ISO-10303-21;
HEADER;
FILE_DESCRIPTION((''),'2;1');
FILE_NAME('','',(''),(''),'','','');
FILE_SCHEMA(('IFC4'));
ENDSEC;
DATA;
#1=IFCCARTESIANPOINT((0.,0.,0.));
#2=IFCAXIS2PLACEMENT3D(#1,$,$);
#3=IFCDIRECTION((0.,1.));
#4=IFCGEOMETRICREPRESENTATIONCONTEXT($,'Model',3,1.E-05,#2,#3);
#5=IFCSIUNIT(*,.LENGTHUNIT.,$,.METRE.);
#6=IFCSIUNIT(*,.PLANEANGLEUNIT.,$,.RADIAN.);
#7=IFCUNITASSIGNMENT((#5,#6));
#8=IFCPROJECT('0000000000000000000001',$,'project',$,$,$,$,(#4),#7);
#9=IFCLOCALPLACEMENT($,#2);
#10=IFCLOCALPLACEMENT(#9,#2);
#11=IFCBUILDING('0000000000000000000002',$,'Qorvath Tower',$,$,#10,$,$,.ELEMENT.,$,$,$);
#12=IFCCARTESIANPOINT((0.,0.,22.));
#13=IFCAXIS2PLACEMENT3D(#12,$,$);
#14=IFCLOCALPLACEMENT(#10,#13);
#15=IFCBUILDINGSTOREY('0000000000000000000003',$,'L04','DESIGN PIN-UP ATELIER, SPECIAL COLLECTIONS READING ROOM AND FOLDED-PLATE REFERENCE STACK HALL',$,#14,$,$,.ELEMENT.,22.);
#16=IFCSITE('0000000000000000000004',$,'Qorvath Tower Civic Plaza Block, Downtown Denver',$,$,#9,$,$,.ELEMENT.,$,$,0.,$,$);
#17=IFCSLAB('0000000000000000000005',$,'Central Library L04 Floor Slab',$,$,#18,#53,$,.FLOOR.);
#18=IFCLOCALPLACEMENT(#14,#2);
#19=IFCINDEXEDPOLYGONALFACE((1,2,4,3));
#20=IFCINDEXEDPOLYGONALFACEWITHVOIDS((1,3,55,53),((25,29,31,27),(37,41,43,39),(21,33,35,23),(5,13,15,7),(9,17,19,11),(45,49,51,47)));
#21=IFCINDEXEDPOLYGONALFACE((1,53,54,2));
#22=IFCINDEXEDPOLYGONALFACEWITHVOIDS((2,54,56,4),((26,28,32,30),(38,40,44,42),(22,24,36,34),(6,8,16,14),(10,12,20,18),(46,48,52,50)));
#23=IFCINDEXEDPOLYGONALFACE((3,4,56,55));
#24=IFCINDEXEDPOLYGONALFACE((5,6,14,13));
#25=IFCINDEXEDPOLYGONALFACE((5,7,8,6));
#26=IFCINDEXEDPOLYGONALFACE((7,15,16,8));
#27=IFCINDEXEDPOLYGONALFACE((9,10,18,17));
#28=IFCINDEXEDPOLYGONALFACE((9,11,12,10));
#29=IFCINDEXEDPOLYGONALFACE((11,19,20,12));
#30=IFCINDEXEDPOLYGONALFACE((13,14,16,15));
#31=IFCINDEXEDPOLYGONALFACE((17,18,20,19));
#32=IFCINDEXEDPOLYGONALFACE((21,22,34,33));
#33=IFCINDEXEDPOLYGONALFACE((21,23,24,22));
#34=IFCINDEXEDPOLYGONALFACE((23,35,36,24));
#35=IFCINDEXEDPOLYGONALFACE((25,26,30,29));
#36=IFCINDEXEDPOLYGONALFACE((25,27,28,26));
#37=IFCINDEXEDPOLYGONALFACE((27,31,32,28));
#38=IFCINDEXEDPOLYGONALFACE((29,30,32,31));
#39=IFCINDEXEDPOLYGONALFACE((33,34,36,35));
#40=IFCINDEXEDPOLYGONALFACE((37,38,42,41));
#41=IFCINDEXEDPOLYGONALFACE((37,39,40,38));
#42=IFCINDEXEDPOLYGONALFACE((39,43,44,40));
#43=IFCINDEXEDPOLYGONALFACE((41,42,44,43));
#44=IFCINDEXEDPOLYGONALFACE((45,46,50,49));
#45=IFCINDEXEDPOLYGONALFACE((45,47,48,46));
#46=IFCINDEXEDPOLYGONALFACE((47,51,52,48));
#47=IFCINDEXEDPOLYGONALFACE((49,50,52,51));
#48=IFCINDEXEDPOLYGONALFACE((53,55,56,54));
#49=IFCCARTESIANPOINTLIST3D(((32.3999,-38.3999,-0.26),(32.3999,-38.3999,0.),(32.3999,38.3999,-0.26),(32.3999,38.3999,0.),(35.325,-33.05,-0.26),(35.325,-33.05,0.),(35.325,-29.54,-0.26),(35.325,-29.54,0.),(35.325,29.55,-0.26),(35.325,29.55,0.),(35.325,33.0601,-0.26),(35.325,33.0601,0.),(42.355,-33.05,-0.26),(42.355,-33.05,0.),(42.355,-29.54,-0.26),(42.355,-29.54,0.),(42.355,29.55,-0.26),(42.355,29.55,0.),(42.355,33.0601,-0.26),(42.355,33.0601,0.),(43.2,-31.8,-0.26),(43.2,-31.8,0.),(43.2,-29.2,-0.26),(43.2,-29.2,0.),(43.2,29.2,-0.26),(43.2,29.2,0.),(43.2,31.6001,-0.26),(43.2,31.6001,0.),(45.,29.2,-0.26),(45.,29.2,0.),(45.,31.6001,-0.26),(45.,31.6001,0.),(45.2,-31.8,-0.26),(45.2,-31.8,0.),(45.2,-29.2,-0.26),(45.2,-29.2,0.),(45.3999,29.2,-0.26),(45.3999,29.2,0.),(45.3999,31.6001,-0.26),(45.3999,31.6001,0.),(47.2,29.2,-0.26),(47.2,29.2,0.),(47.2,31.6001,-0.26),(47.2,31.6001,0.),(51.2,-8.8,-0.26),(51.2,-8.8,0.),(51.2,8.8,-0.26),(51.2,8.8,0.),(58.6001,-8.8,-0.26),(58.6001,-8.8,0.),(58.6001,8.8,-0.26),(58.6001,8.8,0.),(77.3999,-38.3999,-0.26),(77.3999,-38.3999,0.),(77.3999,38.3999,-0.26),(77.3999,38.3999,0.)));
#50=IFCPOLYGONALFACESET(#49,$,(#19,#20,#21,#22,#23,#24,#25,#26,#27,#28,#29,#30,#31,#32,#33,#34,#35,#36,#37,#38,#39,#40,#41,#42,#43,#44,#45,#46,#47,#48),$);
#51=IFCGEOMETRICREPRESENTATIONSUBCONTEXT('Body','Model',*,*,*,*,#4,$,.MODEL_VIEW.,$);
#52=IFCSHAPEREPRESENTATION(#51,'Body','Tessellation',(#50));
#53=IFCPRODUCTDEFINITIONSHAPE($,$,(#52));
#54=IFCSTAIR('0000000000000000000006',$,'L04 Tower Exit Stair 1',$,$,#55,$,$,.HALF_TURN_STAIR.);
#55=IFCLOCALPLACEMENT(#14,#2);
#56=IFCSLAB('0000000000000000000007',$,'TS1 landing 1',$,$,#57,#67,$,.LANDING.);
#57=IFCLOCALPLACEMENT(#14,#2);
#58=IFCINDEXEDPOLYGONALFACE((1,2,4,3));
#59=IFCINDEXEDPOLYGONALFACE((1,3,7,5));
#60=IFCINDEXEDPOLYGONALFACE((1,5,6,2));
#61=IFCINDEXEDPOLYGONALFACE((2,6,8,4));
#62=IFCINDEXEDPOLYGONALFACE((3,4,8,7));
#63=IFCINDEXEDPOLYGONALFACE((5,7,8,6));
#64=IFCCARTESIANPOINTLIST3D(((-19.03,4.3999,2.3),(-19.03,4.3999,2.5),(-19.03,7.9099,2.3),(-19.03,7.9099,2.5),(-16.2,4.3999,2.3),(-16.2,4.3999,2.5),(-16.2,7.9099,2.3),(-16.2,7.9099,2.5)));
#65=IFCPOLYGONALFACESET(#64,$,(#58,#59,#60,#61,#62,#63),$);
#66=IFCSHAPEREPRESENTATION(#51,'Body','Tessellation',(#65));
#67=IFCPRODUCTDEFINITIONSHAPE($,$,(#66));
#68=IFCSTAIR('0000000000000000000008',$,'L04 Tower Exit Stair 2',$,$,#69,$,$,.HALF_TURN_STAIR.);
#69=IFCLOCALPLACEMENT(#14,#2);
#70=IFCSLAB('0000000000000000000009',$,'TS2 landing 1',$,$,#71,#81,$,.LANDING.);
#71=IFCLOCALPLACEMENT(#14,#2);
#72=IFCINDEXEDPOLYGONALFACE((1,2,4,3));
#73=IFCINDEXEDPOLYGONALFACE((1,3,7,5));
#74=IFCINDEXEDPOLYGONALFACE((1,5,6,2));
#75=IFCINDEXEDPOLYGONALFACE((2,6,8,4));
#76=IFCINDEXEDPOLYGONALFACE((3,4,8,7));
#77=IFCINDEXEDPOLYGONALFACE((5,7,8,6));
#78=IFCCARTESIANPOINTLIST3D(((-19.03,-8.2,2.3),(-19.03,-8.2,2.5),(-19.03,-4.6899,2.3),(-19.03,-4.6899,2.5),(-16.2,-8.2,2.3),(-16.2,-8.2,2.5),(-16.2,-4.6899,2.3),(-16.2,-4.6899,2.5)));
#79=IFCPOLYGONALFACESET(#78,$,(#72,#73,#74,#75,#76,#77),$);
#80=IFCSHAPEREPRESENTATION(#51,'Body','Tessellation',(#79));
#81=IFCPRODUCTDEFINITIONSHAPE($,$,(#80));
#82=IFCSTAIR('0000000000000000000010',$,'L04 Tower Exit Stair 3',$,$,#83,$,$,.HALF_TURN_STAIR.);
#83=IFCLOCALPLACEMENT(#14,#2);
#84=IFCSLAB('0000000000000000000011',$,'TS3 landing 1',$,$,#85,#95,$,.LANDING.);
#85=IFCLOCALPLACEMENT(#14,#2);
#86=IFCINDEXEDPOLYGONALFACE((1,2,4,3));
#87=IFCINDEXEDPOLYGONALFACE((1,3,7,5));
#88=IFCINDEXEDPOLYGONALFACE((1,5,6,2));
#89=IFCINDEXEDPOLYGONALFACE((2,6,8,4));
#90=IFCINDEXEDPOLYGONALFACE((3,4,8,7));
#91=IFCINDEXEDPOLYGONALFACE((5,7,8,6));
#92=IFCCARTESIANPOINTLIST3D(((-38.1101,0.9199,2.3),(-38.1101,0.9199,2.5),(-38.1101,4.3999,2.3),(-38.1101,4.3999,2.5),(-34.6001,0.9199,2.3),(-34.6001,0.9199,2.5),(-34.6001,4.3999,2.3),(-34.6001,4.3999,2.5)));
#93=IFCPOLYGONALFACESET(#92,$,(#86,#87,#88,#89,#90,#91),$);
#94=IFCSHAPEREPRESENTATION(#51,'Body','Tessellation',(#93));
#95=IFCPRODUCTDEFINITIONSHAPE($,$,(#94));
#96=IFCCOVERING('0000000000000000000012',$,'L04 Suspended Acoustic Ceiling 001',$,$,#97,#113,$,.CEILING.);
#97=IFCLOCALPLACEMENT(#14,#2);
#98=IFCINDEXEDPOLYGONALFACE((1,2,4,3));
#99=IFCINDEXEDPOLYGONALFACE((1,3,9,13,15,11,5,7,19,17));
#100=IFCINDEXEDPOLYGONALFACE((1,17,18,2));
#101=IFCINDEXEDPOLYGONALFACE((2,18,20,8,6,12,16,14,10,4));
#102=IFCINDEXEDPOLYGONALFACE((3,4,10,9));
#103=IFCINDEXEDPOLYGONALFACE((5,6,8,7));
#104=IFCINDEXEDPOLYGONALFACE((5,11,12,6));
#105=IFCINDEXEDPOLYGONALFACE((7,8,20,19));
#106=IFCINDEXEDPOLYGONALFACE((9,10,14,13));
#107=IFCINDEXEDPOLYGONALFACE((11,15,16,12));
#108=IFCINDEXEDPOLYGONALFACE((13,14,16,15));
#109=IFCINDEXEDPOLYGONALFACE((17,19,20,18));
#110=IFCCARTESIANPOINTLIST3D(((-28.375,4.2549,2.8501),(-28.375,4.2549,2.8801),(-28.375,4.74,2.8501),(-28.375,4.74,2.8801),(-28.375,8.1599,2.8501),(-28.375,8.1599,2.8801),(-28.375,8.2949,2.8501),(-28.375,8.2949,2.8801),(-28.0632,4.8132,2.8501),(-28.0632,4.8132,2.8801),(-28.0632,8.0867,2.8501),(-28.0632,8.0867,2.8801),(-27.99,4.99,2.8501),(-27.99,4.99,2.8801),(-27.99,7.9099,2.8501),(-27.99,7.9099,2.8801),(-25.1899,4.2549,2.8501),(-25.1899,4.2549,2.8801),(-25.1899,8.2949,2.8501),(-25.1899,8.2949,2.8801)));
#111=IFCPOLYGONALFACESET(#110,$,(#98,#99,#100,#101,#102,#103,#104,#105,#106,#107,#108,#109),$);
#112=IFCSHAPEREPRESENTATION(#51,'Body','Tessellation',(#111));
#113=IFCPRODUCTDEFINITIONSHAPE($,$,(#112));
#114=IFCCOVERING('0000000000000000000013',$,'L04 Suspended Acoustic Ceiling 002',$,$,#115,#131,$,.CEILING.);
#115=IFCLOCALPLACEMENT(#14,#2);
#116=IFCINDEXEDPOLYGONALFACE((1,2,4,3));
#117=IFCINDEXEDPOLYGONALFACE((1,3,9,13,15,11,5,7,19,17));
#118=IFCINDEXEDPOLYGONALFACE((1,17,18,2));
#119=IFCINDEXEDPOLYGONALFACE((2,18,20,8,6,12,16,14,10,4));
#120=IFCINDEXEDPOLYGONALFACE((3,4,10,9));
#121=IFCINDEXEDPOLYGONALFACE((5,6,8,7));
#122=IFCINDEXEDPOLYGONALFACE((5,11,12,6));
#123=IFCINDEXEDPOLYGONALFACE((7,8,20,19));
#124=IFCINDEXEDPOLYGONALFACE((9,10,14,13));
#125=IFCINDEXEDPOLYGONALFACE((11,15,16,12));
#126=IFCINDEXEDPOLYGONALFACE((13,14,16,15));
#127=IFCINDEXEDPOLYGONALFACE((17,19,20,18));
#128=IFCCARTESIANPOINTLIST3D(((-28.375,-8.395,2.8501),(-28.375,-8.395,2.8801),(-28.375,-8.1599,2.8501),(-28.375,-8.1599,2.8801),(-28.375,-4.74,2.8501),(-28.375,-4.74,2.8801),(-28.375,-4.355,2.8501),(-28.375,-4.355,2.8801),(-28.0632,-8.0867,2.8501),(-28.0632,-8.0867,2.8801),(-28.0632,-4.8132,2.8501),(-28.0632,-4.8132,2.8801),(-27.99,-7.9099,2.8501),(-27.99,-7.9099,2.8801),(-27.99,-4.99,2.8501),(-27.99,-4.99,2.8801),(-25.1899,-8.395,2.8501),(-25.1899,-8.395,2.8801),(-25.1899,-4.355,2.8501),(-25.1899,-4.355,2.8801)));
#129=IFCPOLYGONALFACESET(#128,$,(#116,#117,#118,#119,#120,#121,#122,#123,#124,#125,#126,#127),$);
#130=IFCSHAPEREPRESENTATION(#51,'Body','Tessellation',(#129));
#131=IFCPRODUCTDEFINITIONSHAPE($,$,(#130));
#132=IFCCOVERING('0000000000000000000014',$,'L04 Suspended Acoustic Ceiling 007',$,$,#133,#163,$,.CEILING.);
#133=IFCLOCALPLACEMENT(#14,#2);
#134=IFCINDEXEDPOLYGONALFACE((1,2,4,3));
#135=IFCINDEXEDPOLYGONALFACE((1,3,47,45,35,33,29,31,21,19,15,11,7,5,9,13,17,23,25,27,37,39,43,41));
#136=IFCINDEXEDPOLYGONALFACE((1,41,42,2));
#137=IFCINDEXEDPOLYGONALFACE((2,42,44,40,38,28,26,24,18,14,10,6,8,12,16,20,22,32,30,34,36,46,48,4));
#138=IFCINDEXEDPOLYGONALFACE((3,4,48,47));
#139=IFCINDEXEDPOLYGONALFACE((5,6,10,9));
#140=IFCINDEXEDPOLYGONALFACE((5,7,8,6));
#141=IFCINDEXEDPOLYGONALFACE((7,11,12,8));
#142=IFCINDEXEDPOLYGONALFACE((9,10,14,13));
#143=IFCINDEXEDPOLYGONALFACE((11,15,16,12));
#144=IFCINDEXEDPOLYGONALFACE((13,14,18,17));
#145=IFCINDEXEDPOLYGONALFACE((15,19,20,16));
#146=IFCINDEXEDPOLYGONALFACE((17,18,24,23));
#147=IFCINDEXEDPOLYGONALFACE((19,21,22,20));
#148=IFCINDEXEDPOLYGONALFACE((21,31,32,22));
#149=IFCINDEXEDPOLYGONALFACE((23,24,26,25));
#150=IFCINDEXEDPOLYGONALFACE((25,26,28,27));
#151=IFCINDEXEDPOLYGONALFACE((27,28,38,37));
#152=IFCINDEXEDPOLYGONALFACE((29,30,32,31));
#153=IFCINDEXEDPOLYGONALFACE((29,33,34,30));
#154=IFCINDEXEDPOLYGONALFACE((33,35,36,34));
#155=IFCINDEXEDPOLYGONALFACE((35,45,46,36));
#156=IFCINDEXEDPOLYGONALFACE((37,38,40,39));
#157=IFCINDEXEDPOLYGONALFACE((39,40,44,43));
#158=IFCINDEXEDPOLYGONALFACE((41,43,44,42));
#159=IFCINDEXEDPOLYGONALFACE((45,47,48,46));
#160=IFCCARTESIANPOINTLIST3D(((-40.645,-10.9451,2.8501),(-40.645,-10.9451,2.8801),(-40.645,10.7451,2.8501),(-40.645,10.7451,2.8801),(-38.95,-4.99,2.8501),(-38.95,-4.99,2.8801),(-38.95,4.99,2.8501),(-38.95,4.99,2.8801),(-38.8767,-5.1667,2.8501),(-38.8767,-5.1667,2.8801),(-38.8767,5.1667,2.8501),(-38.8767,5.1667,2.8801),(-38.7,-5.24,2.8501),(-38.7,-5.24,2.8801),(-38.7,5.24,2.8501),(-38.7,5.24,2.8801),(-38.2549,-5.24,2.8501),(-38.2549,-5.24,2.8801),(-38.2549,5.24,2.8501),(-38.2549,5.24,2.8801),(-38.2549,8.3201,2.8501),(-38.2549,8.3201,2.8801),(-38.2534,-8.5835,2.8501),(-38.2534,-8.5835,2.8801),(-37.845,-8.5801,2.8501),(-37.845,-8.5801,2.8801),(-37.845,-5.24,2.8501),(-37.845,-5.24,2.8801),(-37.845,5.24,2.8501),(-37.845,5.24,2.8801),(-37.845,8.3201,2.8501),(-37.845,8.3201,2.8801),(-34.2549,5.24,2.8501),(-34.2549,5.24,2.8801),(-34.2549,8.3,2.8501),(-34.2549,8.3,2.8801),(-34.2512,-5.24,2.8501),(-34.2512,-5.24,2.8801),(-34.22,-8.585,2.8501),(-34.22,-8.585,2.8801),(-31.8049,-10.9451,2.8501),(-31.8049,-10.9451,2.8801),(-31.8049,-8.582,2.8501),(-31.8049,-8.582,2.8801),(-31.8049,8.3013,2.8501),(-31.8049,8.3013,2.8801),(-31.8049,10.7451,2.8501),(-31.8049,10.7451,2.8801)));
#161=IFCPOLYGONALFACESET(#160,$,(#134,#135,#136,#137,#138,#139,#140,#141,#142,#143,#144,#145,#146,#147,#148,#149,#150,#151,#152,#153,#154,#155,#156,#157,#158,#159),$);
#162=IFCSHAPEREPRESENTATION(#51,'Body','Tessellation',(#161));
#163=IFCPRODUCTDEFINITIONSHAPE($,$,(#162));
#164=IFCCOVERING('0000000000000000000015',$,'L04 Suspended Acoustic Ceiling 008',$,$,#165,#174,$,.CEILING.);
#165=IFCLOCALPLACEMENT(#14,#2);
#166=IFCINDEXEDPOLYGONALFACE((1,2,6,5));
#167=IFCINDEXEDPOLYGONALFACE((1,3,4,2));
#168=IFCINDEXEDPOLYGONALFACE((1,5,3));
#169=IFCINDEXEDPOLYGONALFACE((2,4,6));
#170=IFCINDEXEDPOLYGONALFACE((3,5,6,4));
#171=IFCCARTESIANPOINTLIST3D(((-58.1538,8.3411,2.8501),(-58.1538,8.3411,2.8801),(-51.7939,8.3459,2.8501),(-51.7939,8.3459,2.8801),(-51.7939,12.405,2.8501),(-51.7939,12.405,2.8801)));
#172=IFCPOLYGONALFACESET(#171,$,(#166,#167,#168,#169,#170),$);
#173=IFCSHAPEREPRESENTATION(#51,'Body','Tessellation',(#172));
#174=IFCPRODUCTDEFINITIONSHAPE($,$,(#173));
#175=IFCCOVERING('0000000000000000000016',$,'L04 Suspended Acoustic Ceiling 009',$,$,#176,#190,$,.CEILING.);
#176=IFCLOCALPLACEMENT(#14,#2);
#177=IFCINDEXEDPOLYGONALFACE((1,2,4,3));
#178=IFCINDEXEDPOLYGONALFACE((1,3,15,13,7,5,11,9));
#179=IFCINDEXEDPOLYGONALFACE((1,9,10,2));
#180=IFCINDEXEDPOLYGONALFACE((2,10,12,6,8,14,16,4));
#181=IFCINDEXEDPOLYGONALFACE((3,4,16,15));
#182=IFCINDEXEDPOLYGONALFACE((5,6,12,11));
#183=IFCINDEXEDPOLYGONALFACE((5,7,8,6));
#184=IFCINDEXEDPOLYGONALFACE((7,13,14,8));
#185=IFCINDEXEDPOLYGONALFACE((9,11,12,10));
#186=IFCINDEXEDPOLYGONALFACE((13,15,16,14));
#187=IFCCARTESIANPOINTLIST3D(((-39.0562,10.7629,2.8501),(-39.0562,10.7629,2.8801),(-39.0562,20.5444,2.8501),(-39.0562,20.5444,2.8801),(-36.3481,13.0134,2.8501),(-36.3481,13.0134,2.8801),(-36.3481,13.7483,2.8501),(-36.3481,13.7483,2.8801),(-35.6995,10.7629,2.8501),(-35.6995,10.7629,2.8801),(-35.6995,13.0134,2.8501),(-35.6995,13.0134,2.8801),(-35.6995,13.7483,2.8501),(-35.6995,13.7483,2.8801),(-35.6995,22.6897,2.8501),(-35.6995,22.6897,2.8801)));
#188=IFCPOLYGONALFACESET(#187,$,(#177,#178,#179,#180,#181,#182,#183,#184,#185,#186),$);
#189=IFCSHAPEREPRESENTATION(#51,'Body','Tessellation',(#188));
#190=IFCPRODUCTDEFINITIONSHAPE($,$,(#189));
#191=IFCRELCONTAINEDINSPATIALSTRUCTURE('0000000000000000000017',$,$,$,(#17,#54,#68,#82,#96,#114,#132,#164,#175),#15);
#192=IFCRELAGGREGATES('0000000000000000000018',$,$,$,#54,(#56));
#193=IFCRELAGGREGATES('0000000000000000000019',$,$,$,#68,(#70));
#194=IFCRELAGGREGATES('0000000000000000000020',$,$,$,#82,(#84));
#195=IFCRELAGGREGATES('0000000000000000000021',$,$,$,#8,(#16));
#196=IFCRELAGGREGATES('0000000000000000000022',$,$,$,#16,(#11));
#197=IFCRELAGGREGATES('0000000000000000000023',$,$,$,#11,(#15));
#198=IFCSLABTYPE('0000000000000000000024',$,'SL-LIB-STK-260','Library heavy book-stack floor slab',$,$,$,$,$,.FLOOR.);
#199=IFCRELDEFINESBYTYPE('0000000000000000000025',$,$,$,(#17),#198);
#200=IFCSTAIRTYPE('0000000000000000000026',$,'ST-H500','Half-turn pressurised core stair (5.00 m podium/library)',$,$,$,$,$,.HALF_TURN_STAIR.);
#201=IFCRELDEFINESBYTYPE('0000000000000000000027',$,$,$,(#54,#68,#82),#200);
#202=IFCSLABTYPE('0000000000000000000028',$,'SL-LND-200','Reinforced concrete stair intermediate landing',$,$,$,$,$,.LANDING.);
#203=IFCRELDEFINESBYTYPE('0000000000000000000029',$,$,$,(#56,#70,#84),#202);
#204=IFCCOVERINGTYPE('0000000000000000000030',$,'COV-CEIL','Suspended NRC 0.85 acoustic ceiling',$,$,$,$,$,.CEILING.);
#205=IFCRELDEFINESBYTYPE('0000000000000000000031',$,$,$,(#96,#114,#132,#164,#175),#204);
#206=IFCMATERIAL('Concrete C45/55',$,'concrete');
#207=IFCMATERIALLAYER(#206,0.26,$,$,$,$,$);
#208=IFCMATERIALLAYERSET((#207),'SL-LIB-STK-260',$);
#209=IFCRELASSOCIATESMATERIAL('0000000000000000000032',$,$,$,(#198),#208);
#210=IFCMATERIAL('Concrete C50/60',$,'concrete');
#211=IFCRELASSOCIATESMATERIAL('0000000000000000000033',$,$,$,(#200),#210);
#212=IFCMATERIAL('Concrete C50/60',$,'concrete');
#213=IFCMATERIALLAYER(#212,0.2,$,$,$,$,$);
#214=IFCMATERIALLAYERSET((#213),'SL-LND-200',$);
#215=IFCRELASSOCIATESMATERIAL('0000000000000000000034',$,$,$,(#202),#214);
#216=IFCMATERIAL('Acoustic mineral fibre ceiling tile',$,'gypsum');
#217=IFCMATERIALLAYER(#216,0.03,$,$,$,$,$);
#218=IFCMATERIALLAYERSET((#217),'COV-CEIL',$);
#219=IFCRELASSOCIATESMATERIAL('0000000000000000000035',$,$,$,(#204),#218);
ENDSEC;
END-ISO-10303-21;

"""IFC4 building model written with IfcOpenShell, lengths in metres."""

from ifc_helpers import new_model, si_unit, direction, frame, origin, place, context, subcontext, project, spatial, polyline, outline, extrude, material, layer, layer_set, type_object, element, aggregate, save


model = new_model("IFC4")

# Units and contexts
model_context = context("Model", 3, precision=1e-05, world=origin(), true_north=direction((0.0, 1.0)))
body_context = subcontext(model_context, "Body", "Model", "MODEL_VIEW")
ifc_project = project(units=[si_unit("LENGTHUNIT", "METRE"), si_unit("PLANEANGLEUNIT", "RADIAN")], contexts=[model_context])

# Site, building, storey
site_placement = place(None, origin())
site = spatial("IfcSite", under=ifc_project, at=site_placement, Name="Qorvath Tower Civic Plaza Block, Downtown Denver", CompositionType="ELEMENT", RefElevation=0.0)
building_placement = place(site_placement, origin())
building = spatial("IfcBuilding", under=site, at=building_placement, Name="Qorvath Tower", CompositionType="ELEMENT")
storey_placement = place(building_placement, frame((0.0, 0.0, 22.0)))
storey = spatial("IfcBuildingStorey", under=building, at=storey_placement, Name="L04", Description="DESIGN PIN-UP ATELIER, SPECIAL COLLECTIONS READING ROOM AND FOLDED-PLATE REFERENCE STACK HALL", CompositionType="ELEMENT", Elevation=22.0)

# Slab
ifc_material_1 = material(Name="Concrete C45/55", Category="concrete")
ifc_layer_1 = layer(ifc_material_1, 0.26)
ifc_layer_set_1 = layer_set([ifc_layer_1], Name="SL-LIB-STK-260")
slab_type_1 = type_object("IfcSlabType", Name="SL-LIB-STK-260", Description="Library heavy book-stack floor slab", PredefinedType="FLOOR", material=ifc_layer_set_1)
slab_1_placement = place(storey_placement, frame((0.0, 0.0, -0.26)))
element("IfcSlab", 1, at=slab_1_placement, inside=storey, type_object=slab_type_1, Name="Central Library L04 Floor Slab", PredefinedType="FLOOR", context=body_context, shape_type="SweptSolid", body=[
    extrude(outline(polyline([(77.3999, -38.3999), (77.3999, 38.3999), (32.3999, 38.3999), (32.3999, -38.3999), (77.3999, -38.3999)]), holes=[polyline([(58.6001, -8.8), (51.2, -8.8), (51.2, 8.8), (58.6001, 8.8), (58.6001, -8.8)]), polyline([(47.2, 29.2), (45.3999, 29.2), (45.3999, 31.6001), (47.2, 31.6001), (47.2, 29.2)]), polyline([(45.2, -31.8), (43.2, -31.8), (43.2, -29.2), (45.2, -29.2), (45.2, -31.8)]), polyline([(45.0, 31.6001), (45.0, 29.2), (43.2, 29.2), (43.2, 31.6001), (45.0, 31.6001)]), polyline([(42.355, -29.54), (42.355, -33.05), (35.325, -33.05), (35.325, -29.54), (42.355, -29.54)]), polyline([(42.355, 29.55), (35.325, 29.55), (35.325, 33.0601), (42.355, 33.0601), (42.355, 29.55)])]), origin(), (0.0, 0.0, 1.0), 0.26),
])

# Stairs, slabs
ifc_material_2 = material(Name="Concrete C50/60", Category="concrete")
stair_type = type_object("IfcStairType", Name="ST-H500", Description="Half-turn pressurised core stair (5.00 m podium/library)", PredefinedType="HALF_TURN_STAIR", material=ifc_material_2)
stair_1_placement = place(storey_placement, origin())
stair_1 = element("IfcStair", 2, at=stair_1_placement, inside=storey, type_object=stair_type, Name="L04 Tower Exit Stair 1", PredefinedType="HALF_TURN_STAIR")
ifc_material_3 = material(Name="Concrete C50/60", Category="concrete")
ifc_layer_2 = layer(ifc_material_3, 0.2)
ifc_layer_set_2 = layer_set([ifc_layer_2], Name="SL-LND-200")
slab_type_2 = type_object("IfcSlabType", Name="SL-LND-200", Description="Reinforced concrete stair intermediate landing", PredefinedType="LANDING", material=ifc_layer_set_2)
slab_2_placement = place(storey_placement, frame((0.0, 0.0, 2.3)))
slab_2 = element("IfcSlab", 3, at=slab_2_placement, type_object=slab_type_2, Name="TS1 landing 1", PredefinedType="LANDING", context=body_context, shape_type="SweptSolid", body=[
    extrude(outline(polyline([(-19.03, 4.3999), (-16.2, 4.3999), (-16.2, 7.9099), (-19.03, 7.9099), (-19.03, 4.3999)])), origin(), (0.0, 0.0, 1.0), 0.2),
])
aggregate(stair_1, [slab_2])
stair_2_placement = place(storey_placement, origin())
stair_2 = element("IfcStair", 4, at=stair_2_placement, inside=storey, type_object=stair_type, Name="L04 Tower Exit Stair 2", PredefinedType="HALF_TURN_STAIR")
slab_3_placement = place(storey_placement, frame((0.0, 0.0, 2.3)))
slab_3 = element("IfcSlab", 5, at=slab_3_placement, type_object=slab_type_2, Name="TS2 landing 1", PredefinedType="LANDING", context=body_context, shape_type="SweptSolid", body=[
    extrude(outline(polyline([(-19.03, -8.2), (-16.2, -8.2), (-16.2, -4.6899), (-19.03, -4.6899), (-19.03, -8.2)])), origin(), (0.0, 0.0, 1.0), 0.2),
])
aggregate(stair_2, [slab_3])
stair_3_placement = place(storey_placement, origin())
stair_3 = element("IfcStair", 6, at=stair_3_placement, inside=storey, type_object=stair_type, Name="L04 Tower Exit Stair 3", PredefinedType="HALF_TURN_STAIR")
slab_4_placement = place(storey_placement, frame((0.0, 0.0, 2.3)))
slab_4 = element("IfcSlab", 7, at=slab_4_placement, type_object=slab_type_2, Name="TS3 landing 1", PredefinedType="LANDING", context=body_context, shape_type="SweptSolid", body=[
    extrude(outline(polyline([(-34.6001, 0.9199), (-34.6001, 4.3999), (-38.1101, 4.3999), (-38.1101, 0.9199), (-34.6001, 0.9199)])), origin(), (0.0, 0.0, 1.0), 0.2),
])
aggregate(stair_3, [slab_4])

# Coverings
ifc_material_4 = material(Name="Acoustic mineral fibre ceiling tile", Category="gypsum")
ifc_layer_3 = layer(ifc_material_4, 0.03)
ifc_layer_set_3 = layer_set([ifc_layer_3], Name="COV-CEIL")
covering_type_1 = type_object("IfcCoveringType", Name="COV-CEIL", Description="Suspended NRC 0.85 acoustic ceiling", PredefinedType="CEILING", material=ifc_layer_set_3)
covering_1_placement = place(storey_placement, frame((0.0, 0.0, 2.8501)))
element("IfcCovering", 8, at=covering_1_placement, inside=storey, type_object=covering_type_1, Name="L04 Suspended Acoustic Ceiling 001", PredefinedType="CEILING", context=body_context, shape_type="SweptSolid", body=[
    extrude(outline(polyline([(-25.1899, 4.2549), (-25.1899, 8.2949), (-28.375, 8.2949), (-28.375, 8.1599), (-28.0632, 8.0867), (-27.99, 7.9099), (-27.99, 4.99), (-28.0632, 4.8132), (-28.375, 4.74), (-28.375, 4.2549), (-25.1899, 4.2549)])), origin(), (0.0, 0.0, 1.0), 0.03),
])
covering_2_placement = place(storey_placement, frame((0.0, 0.0, 2.8501)))
element("IfcCovering", 9, at=covering_2_placement, inside=storey, type_object=covering_type_1, Name="L04 Suspended Acoustic Ceiling 002", PredefinedType="CEILING", context=body_context, shape_type="SweptSolid", body=[
    extrude(outline(polyline([(-25.1899, -8.395), (-25.1899, -4.355), (-28.375, -4.355), (-28.375, -4.74), (-28.0632, -4.8132), (-27.99, -4.99), (-27.99, -7.9099), (-28.0632, -8.0867), (-28.375, -8.1599), (-28.375, -8.395), (-25.1899, -8.395)])), origin(), (0.0, 0.0, 1.0), 0.03),
])
covering_3_placement = place(storey_placement, frame((0.0, 0.0, 2.8501)))
element("IfcCovering", 10, at=covering_3_placement, inside=storey, type_object=covering_type_1, Name="L04 Suspended Acoustic Ceiling 007", PredefinedType="CEILING", context=body_context, shape_type="SweptSolid", body=[
    extrude(outline(polyline([(-31.8049, -10.9451), (-31.8049, -8.582), (-34.22, -8.585), (-34.2512, -5.24), (-37.845, -5.24), (-37.845, -8.5801), (-38.2534, -8.5835), (-38.2549, -5.24), (-38.7, -5.24), (-38.8767, -5.1667), (-38.95, -4.99), (-38.95, 4.99), (-38.8767, 5.1667), (-38.7, 5.24), (-38.2549, 5.24), (-38.2549, 8.3201), (-37.845, 8.3201), (-37.845, 5.24), (-34.2549, 5.24), (-34.2549, 8.3), (-31.8049, 8.3013), (-31.8049, 10.7451), (-40.645, 10.7451), (-40.645, -10.9451), (-31.8049, -10.9451)])), origin(), (0.0, 0.0, 1.0), 0.03),
])
covering_4_placement = place(storey_placement, frame((0.0, 0.0, 2.8501)))
element("IfcCovering", 11, at=covering_4_placement, inside=storey, type_object=covering_type_1, Name="L04 Suspended Acoustic Ceiling 008", PredefinedType="CEILING", context=body_context, shape_type="SweptSolid", body=[
    extrude(outline(polyline([(-51.7939, 8.3459), (-51.7939, 12.405), (-58.1538, 8.3411), (-51.7939, 8.3459)])), origin(), (0.0, 0.0, 1.0), 0.03),
])
covering_5_placement = place(storey_placement, frame((0.0, 0.0, 2.8501)))
element("IfcCovering", 12, at=covering_5_placement, inside=storey, type_object=covering_type_1, Name="L04 Suspended Acoustic Ceiling 009", PredefinedType="CEILING", context=body_context, shape_type="SweptSolid", body=[
    extrude(outline(polyline([(-39.0562, 10.7629), (-35.6995, 10.7629), (-35.6995, 13.0134), (-36.3481, 13.0134), (-36.3481, 13.7483), (-35.6995, 13.7483), (-35.6995, 22.6897), (-39.0562, 20.5444), (-39.0562, 10.7629)])), origin(), (0.0, 0.0, 1.0), 0.03),
])

save(model, "model.ifc")
